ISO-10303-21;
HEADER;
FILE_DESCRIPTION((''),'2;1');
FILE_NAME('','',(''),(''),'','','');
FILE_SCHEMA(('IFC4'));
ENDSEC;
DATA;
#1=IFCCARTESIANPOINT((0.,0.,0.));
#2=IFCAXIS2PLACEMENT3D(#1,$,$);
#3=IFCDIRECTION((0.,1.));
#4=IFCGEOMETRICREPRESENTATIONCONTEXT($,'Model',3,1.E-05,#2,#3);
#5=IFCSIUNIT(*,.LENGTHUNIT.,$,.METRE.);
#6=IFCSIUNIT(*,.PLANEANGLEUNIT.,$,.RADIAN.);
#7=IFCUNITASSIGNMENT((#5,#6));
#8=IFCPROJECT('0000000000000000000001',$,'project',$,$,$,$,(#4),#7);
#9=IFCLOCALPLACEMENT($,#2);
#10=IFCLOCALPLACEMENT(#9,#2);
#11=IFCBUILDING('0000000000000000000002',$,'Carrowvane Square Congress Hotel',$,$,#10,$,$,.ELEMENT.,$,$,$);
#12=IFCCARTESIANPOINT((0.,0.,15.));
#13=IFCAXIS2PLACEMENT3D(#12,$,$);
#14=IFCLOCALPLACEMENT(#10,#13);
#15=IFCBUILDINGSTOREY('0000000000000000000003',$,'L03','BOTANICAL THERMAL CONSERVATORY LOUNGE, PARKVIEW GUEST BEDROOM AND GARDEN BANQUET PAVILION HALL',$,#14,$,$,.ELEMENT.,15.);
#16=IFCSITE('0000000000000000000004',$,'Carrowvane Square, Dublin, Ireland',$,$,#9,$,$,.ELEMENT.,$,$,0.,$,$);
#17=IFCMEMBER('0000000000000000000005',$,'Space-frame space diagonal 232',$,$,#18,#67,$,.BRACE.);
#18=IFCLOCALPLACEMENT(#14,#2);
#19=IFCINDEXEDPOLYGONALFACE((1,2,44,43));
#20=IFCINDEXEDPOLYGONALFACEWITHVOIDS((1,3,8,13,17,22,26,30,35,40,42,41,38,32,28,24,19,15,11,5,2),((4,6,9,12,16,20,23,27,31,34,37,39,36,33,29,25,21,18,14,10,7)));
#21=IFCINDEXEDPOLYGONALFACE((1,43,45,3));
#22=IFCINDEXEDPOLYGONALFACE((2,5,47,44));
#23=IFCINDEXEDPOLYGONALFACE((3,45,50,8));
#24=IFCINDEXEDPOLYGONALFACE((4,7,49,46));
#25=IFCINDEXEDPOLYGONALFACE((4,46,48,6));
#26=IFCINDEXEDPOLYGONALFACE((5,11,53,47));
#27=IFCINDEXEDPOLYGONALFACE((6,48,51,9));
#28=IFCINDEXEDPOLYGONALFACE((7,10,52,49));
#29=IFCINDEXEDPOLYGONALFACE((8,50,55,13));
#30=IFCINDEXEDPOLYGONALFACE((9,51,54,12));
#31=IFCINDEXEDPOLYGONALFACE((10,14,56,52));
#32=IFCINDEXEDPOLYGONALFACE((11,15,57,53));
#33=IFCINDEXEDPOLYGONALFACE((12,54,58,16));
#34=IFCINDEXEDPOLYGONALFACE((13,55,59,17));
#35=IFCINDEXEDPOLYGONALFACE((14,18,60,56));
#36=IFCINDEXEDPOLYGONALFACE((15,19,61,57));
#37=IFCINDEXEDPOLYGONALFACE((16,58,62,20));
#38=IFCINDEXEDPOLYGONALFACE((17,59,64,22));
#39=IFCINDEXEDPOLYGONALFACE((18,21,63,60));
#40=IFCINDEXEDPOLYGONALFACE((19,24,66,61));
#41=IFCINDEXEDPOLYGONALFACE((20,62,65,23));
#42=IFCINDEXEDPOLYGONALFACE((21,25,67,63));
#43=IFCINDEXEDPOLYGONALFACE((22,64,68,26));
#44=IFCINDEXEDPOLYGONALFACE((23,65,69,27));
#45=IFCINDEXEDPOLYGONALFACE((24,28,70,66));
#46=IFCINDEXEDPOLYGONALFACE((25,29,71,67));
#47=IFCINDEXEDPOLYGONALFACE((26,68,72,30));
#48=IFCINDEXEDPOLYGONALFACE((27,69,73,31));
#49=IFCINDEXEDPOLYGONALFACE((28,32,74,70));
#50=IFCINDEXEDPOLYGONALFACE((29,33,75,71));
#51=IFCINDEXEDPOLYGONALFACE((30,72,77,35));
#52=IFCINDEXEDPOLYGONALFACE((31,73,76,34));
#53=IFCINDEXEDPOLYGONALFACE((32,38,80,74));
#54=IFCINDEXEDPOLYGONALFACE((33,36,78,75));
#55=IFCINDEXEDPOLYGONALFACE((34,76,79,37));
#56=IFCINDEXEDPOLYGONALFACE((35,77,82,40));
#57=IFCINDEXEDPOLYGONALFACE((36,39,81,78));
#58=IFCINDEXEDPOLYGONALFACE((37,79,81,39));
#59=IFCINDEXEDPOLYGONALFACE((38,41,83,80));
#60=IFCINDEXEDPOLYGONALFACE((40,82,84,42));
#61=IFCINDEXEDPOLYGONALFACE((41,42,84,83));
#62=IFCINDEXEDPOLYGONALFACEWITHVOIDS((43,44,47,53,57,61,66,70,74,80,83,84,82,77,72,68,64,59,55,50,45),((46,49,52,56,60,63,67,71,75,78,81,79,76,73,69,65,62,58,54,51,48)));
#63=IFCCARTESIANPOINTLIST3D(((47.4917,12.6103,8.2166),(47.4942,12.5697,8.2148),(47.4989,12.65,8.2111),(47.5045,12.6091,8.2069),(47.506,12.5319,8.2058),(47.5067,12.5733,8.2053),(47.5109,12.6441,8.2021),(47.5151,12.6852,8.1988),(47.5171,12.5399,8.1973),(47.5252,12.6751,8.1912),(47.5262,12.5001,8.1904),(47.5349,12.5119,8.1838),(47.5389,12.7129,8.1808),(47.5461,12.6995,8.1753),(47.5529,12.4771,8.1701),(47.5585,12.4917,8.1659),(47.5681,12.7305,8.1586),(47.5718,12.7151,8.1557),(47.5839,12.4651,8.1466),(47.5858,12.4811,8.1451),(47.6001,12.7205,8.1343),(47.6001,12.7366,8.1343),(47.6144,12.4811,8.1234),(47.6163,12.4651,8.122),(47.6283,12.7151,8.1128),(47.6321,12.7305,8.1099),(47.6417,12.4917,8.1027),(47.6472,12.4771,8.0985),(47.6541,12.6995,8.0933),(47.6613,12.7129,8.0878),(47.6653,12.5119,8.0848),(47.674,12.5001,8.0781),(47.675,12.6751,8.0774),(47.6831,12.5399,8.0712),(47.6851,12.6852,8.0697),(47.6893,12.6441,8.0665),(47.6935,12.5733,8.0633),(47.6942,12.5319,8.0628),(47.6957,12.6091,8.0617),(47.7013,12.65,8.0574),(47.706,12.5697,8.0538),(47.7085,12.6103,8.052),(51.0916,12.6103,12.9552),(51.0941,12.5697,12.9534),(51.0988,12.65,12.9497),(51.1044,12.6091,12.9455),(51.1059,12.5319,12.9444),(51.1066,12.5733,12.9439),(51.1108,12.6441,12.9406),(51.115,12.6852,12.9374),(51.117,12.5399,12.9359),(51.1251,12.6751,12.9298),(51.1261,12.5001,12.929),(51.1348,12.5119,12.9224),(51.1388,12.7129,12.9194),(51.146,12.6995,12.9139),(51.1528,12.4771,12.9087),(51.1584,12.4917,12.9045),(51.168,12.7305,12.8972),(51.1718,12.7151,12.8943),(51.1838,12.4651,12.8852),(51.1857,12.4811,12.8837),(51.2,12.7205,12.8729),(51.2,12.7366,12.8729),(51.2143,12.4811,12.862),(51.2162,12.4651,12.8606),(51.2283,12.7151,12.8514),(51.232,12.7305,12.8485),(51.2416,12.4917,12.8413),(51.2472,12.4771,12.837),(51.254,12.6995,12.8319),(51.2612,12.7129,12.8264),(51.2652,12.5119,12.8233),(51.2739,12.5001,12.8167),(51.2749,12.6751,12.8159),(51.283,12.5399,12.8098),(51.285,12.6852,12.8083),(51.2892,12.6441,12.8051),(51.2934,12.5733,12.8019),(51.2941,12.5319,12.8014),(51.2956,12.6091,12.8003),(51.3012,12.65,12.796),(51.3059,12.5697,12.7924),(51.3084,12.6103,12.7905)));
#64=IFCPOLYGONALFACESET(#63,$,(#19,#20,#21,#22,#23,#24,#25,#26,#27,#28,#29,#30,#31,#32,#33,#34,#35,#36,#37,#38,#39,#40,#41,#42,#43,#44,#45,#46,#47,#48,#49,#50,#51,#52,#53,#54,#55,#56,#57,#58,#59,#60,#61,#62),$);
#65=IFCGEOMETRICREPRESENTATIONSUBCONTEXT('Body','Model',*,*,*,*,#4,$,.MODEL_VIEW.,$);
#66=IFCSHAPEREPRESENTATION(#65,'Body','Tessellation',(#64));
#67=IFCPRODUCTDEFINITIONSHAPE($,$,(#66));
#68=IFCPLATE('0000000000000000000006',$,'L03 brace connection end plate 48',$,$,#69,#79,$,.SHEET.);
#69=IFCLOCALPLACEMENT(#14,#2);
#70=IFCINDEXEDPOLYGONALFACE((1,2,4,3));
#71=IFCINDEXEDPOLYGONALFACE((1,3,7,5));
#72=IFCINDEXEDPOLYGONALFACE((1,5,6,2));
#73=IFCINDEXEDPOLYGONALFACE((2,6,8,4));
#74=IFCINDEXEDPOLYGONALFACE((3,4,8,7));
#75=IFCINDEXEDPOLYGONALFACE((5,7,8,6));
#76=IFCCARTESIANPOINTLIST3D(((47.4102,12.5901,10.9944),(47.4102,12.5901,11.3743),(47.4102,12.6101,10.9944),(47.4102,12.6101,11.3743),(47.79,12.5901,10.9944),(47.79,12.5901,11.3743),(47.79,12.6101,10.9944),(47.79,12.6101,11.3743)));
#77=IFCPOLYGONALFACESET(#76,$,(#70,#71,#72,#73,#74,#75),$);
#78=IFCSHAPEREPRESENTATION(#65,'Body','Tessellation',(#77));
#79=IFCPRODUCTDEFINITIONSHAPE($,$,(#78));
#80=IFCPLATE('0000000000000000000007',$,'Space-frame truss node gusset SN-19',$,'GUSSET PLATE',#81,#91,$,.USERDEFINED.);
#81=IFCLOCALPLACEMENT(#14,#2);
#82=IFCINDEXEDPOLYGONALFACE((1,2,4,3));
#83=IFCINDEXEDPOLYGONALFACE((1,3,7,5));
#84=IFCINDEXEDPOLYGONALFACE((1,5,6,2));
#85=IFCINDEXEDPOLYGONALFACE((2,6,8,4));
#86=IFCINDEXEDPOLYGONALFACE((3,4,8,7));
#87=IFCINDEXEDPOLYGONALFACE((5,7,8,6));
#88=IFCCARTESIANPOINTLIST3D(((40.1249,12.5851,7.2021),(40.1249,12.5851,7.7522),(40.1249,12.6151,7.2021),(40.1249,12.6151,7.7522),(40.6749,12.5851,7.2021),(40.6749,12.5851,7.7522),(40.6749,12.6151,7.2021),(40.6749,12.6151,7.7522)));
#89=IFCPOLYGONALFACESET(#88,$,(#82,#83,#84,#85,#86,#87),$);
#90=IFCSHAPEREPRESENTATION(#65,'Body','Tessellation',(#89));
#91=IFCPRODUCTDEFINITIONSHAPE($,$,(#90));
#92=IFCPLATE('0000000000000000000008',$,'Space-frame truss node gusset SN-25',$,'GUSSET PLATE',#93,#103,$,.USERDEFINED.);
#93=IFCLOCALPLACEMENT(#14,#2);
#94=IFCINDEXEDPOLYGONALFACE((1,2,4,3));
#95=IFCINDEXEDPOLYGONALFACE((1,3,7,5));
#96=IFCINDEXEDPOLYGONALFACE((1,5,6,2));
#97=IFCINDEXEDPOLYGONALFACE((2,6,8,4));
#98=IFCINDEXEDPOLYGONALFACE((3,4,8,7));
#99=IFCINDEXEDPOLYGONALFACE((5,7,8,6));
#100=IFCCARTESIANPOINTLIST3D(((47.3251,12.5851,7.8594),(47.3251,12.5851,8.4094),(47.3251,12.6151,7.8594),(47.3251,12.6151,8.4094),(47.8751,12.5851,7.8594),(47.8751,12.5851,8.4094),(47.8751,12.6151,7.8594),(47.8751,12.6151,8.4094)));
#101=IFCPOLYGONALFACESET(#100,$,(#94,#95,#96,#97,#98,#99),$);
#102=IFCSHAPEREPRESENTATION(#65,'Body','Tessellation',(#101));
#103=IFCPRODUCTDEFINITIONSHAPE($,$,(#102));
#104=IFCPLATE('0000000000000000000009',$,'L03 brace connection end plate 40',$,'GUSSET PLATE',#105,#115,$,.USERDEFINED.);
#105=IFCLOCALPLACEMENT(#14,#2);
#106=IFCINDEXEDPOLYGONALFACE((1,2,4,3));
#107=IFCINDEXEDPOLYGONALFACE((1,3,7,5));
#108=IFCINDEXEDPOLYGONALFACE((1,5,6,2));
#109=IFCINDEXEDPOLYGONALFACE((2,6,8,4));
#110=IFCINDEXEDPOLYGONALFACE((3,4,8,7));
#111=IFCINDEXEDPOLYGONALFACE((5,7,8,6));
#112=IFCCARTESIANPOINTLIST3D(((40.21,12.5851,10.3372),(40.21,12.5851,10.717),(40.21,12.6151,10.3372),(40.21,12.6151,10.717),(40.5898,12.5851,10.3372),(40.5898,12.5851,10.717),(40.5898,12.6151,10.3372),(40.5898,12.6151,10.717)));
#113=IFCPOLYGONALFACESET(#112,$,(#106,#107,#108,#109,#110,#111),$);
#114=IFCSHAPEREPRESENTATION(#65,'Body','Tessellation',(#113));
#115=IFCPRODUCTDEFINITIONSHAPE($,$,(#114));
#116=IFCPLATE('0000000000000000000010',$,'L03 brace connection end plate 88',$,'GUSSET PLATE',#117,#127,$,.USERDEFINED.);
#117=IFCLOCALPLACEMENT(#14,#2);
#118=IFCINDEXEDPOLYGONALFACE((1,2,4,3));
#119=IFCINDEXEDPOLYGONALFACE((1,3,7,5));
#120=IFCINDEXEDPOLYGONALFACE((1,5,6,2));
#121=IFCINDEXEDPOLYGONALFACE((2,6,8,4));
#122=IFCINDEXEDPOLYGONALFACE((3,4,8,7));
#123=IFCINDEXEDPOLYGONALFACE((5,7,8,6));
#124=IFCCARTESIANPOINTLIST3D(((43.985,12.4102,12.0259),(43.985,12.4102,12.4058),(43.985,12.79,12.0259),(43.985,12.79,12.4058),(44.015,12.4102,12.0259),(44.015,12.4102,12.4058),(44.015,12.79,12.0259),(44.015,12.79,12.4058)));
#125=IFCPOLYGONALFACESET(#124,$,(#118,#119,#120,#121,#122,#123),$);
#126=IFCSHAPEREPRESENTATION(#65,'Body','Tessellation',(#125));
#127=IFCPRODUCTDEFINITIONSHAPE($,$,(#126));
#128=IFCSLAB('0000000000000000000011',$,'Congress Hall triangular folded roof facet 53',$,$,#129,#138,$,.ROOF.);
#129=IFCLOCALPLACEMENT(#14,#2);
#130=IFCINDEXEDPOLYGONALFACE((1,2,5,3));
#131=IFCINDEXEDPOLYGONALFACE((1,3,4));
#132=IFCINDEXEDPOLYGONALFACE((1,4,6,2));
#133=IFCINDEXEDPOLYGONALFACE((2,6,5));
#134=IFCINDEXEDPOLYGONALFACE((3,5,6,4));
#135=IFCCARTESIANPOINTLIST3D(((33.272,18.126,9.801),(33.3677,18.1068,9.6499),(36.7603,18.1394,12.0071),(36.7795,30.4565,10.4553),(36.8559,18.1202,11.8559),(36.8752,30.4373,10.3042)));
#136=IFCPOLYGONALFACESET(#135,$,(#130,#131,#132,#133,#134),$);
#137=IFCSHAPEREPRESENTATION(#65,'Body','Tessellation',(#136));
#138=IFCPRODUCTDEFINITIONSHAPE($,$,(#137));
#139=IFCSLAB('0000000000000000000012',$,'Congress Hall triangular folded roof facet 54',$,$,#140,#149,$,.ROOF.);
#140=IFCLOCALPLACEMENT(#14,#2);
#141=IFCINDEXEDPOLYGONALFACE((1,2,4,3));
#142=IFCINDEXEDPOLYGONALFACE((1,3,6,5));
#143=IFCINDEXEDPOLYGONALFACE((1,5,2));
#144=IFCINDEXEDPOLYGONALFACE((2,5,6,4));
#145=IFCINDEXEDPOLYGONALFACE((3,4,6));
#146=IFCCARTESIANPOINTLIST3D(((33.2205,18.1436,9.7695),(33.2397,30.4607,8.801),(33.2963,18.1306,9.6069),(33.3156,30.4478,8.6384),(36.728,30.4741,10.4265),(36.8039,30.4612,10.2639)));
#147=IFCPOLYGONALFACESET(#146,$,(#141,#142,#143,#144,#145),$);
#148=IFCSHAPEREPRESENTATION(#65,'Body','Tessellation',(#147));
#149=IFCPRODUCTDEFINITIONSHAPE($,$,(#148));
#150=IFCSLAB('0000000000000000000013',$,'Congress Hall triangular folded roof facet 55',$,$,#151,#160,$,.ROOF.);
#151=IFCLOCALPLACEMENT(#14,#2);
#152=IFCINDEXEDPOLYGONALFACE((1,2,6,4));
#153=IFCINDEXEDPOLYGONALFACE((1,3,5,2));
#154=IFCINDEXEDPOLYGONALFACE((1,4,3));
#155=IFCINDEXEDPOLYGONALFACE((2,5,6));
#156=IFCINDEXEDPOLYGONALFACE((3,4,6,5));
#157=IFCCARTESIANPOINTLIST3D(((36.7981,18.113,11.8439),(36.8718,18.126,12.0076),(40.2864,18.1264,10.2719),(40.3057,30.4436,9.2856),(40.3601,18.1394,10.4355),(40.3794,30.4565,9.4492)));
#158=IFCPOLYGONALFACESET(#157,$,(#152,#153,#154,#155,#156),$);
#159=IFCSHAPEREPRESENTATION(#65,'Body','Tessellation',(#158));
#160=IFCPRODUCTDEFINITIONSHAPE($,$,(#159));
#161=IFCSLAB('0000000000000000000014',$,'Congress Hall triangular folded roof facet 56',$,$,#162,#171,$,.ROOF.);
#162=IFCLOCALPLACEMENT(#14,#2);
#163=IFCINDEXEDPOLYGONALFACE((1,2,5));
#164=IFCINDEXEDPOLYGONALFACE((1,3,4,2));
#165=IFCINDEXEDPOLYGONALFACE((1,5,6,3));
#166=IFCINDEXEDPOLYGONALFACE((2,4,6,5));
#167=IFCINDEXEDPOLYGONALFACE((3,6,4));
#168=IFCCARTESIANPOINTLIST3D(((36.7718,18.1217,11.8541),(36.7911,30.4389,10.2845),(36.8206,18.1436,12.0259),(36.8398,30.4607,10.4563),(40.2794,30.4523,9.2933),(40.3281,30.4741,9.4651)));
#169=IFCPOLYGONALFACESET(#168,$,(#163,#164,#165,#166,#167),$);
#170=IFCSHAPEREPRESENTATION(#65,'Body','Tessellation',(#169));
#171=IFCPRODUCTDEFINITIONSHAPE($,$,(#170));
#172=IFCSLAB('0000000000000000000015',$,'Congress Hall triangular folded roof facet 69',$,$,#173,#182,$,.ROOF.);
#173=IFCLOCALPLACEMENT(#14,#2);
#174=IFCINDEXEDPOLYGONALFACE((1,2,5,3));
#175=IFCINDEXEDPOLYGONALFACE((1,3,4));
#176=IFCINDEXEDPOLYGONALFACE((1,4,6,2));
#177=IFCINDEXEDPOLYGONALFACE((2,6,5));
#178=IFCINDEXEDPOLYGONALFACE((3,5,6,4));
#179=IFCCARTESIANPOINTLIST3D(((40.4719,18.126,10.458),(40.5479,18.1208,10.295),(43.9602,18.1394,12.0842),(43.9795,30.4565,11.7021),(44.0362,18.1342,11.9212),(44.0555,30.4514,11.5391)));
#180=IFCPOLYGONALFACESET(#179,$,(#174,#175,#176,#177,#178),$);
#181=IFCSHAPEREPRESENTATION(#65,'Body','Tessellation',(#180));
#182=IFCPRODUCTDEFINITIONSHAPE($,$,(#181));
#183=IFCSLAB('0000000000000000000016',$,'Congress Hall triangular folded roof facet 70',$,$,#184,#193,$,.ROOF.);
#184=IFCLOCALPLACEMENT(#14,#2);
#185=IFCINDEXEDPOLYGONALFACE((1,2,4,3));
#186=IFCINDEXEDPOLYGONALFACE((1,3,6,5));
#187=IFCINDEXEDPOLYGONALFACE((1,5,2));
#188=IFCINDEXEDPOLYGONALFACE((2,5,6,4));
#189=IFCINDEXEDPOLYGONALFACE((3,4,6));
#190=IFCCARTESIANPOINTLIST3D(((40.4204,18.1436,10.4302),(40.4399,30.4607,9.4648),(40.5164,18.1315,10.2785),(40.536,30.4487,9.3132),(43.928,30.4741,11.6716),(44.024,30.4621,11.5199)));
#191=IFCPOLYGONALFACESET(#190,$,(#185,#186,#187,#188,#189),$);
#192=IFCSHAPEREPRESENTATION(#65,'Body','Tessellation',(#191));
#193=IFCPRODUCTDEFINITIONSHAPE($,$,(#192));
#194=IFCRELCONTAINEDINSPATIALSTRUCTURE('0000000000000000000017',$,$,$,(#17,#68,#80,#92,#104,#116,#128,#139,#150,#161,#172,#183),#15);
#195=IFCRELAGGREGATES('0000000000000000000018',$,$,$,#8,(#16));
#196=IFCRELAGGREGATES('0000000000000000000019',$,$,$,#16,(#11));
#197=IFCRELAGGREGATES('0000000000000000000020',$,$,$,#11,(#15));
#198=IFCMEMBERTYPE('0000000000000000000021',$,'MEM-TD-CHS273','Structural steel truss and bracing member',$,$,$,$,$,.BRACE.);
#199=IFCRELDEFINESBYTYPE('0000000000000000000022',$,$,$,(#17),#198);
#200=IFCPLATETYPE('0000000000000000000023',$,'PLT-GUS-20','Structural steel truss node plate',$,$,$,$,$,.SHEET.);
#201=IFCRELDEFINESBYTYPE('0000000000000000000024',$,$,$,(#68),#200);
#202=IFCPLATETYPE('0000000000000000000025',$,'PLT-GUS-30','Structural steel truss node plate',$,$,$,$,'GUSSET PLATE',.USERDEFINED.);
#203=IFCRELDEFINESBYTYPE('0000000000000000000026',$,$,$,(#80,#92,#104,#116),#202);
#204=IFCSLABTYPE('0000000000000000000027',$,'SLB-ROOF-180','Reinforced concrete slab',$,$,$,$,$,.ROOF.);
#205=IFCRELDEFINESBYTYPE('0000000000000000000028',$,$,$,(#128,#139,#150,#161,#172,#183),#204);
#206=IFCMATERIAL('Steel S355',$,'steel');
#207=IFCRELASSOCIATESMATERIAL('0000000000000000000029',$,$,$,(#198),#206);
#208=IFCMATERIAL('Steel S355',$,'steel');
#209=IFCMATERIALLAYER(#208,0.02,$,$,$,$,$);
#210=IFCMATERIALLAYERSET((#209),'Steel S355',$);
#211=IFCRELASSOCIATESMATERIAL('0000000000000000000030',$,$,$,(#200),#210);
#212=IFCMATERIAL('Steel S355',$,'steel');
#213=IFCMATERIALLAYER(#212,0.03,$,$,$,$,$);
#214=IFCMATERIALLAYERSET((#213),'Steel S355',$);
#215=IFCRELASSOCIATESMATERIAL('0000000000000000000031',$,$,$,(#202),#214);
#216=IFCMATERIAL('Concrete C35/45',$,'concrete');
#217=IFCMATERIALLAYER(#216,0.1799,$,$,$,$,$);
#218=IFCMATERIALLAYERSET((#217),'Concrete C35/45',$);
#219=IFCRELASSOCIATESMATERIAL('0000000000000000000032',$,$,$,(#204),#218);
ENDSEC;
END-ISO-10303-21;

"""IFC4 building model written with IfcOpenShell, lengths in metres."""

from ifc_helpers import new_model, si_unit, direction, frame, origin, origin_2d, place, context, subcontext, project, spatial, polyline, rectangle, hollow_circle, outline, extrude, material, layer, layer_set, material_profile, profile_set, type_object, element, save


model = new_model("IFC4")

# Units and contexts
model_context = context("Model", 3, precision=1e-05, world=origin(), true_north=direction((0.0, 1.0)))
body_context = subcontext(model_context, "Body", "Model", "MODEL_VIEW")
ifc_project = project(units=[si_unit("LENGTHUNIT", "METRE"), si_unit("PLANEANGLEUNIT", "RADIAN")], contexts=[model_context])

# Site, building, storey
site_placement = place(None, origin())
site = spatial("IfcSite", under=ifc_project, at=site_placement, Name="Carrowvane Square, Dublin, Ireland", CompositionType="ELEMENT", RefElevation=0.0)
building_placement = place(site_placement, origin())
building = spatial("IfcBuilding", under=site, at=building_placement, Name="Carrowvane Square Congress Hotel", CompositionType="ELEMENT")
storey_placement = place(building_placement, frame((0.0, 0.0, 15.0)))
storey = spatial("IfcBuildingStorey", under=building, at=storey_placement, Name="L03", Description="BOTANICAL THERMAL CONSERVATORY LOUNGE, PARKVIEW GUEST BEDROOM AND GARDEN BANQUET PAVILION HALL", CompositionType="ELEMENT", Elevation=15.0)

# Member
ifc_material_1 = material(Name="Steel S355", Category="steel")
ifc_material_profile_1 = material_profile(ifc_material_1, hollow_circle(Radius=0.1365, WallThickness=0.0161, at=origin_2d()), Name="CHS 273.0x16")
ifc_profile_set_1 = profile_set([ifc_material_profile_1], Name="Steel S355")
member_type_1 = type_object("IfcMemberType", Name="MEM-TD-CHS273", Description="Structural steel truss and bracing member", PredefinedType="BRACE", material=ifc_profile_set_1)
member_1_placement = place(storey_placement, frame((47.6001, 12.6001, 8.1343), z_axis=(0.604931, 0.0, 0.796278), x_axis=(0.0, 1.0, 0.0)))
element("IfcMember", 1, at=member_1_placement, inside=storey, type_object=member_type_1, Name="Space-frame space diagonal 232", PredefinedType="BRACE", context=body_context, shape_type="SweptSolid", body=[
    extrude(hollow_circle(Radius=0.1365, WallThickness=0.0161, at=origin_2d()), origin(), (0.0, 0.0, 1.0), 5.9509),
])

# Plates
ifc_material_2 = material(Name="Steel S355", Category="steel")
ifc_layer_1 = layer(ifc_material_2, 0.02)
ifc_layer_set_1 = layer_set([ifc_layer_1], Name="Steel S355")
plate_type_1 = type_object("IfcPlateType", Name="PLT-GUS-20", Description="Structural steel truss node plate", PredefinedType="SHEET", material=ifc_layer_set_1)
plate_1_placement = place(storey_placement, frame((47.6001, 12.6001, 10.9944), z_axis=(0.0, 0.0, 1.0), x_axis=(1.0, 0.0, 0.0)))
element("IfcPlate", 2, at=plate_1_placement, inside=storey, type_object=plate_type_1, Name="L03 brace connection end plate 48", PredefinedType="SHEET", context=body_context, shape_type="SweptSolid", body=[
    extrude(rectangle(XDim=0.3799, YDim=0.02, at=origin_2d()), origin(), (0.0, 0.0, 1.0), 0.3799),
])
ifc_material_3 = material(Name="Steel S355", Category="steel")
ifc_layer_2 = layer(ifc_material_3, 0.03)
ifc_layer_set_2 = layer_set([ifc_layer_2], Name="Steel S355")
plate_type_2 = type_object("IfcPlateType", Name="PLT-GUS-30", Description="Structural steel truss node plate", ElementType="GUSSET PLATE", PredefinedType="USERDEFINED", material=ifc_layer_set_2)
for number, where, z_axis, x_axis, name in (
    (3, (40.3999, 12.6001, 7.2021), (0.0, 0.0, 1.0), (1.0, 0.0, 0.0), "Space-frame truss node gusset SN-19"),
    (4, (47.6001, 12.6001, 7.8594), (0.0, 0.0, 1.0), (1.0, 0.0, 0.0), "Space-frame truss node gusset SN-25"),
):
    element("IfcPlate", number, at=place(storey_placement, frame(where, z_axis=z_axis, x_axis=x_axis)), inside=storey, type_object=plate_type_2, Name=name, ObjectType="GUSSET PLATE", PredefinedType="USERDEFINED", context=body_context, shape_type="SweptSolid", body=[
        extrude(rectangle(XDim=0.55, YDim=0.03, at=origin_2d()), origin(), (0.0, 0.0, 1.0), 0.55),
    ])
plate_2_placement = place(storey_placement, frame((40.3999, 12.6001, 10.3372), z_axis=(0.0, 0.0, 1.0), x_axis=(1.0, 0.0, 0.0)))
element("IfcPlate", 5, at=plate_2_placement, inside=storey, type_object=plate_type_2, Name="L03 brace connection end plate 40", ObjectType="GUSSET PLATE", PredefinedType="USERDEFINED", context=body_context, shape_type="SweptSolid", body=[
    extrude(rectangle(XDim=0.3799, YDim=0.03, at=origin_2d()), origin(), (0.0, 0.0, 1.0), 0.3799),
])
plate_3_placement = place(storey_placement, frame((44.0, 12.6001, 12.0259), z_axis=(0.0, 0.0, 1.0), x_axis=(1.0, 0.0, 0.0)))
element("IfcPlate", 6, at=plate_3_placement, inside=storey, type_object=plate_type_2, Name="L03 brace connection end plate 88", ObjectType="GUSSET PLATE", PredefinedType="USERDEFINED", context=body_context, shape_type="SweptSolid", body=[
    extrude(rectangle(XDim=0.03, YDim=0.3799, at=origin_2d()), origin(), (0.0, 0.0, 1.0), 0.3799),
])

# Slabs
ifc_material_4 = material(Name="Concrete C35/45", Category="concrete")
ifc_layer_3 = layer(ifc_material_4, 0.1799)
ifc_layer_set_3 = layer_set([ifc_layer_3], Name="Concrete C35/45")
slab_type = type_object("IfcSlabType", Name="SLB-ROOF-180", Description="Reinforced concrete slab", PredefinedType="ROOF", material=ifc_layer_set_3)
slab_1_placement = place(storey_placement, frame((33.272, 18.126, 9.801), z_axis=(-0.531743, 0.106679, 0.84016), x_axis=(0.845164, 0.003253, 0.534497)))
element("IfcSlab", 7, at=slab_1_placement, inside=storey, type_object=slab_type, Name="Congress Hall triangular folded roof facet 53", PredefinedType="ROOF", context=body_context, shape_type="SweptSolid", body=[
    extrude(outline(polyline([(0.0, 0.0), (4.1273, 0.0), (3.3543, 12.3904), (0.0, 0.0)])), origin(), (0.0, 0.0, -1.0), 0.1799),
])
slab_2_placement = place(storey_placement, frame((33.2205, 18.1436, 9.7695), z_axis=(-0.421517, 0.071741, 0.903978), x_axis=(0.273248, 0.960581, 0.051181)))
element("IfcSlab", 8, at=slab_2_placement, inside=storey, type_object=slab_type, Name="Congress Hall triangular folded roof facet 54", PredefinedType="ROOF", context=body_context, shape_type="SweptSolid", body=[
    extrude(outline(polyline([(0.0, 0.0), (12.8366, 0.0), (11.7873, 3.7026), (0.0, 0.0)])), origin(), (0.0, 0.0, -1.0), 0.1799),
])
slab_3_placement = place(storey_placement, frame((36.8718, 18.126, 12.0076), z_axis=(0.409561, 0.072183, 0.909423), x_axis=(0.911691, 0.003509, -0.410861)))
element("IfcSlab", 9, at=slab_3_placement, inside=storey, type_object=slab_type, Name="Congress Hall triangular folded roof facet 55", PredefinedType="ROOF", context=body_context, shape_type="SweptSolid", body=[
    extrude(outline(polyline([(0.0, 0.0), (3.8262, 0.0), (4.2922, 12.3478), (0.0, 0.0)])), origin(), (0.0, 0.0, -1.0), 0.1799),
])
slab_4_placement = place(storey_placement, frame((36.8206, 18.1436, 12.0259), z_axis=(0.270885, 0.121265, 0.954943), x_axis=(0.268306, 0.943208, -0.195884)))
element("IfcSlab", 10, at=slab_4_placement, inside=storey, type_object=slab_type, Name="Congress Hall triangular folded roof facet 56", PredefinedType="ROOF", context=body_context, shape_type="SweptSolid", body=[
    extrude(outline(polyline([(0.0, 0.0), (13.073, 0.0), (11.9303, 3.4416), (0.0, 0.0)])), origin(), (0.0, 0.0, -1.0), 0.1799),
])
slab_5_placement = place(storey_placement, frame((40.4719, 18.126, 10.458), z_axis=(-0.422451, 0.028764, 0.905929), x_axis=(0.906341, 0.003489, 0.422532)))
element("IfcSlab", 11, at=slab_5_placement, inside=storey, type_object=slab_type, Name="Congress Hall triangular folded roof facet 69", PredefinedType="ROOF", context=body_context, shape_type="SweptSolid", body=[
    extrude(outline(polyline([(0.0, 0.0), (3.8488, 0.0), (3.7478, 12.3227), (0.0, 0.0)])), origin(), (0.0, 0.0, -1.0), 0.1799),
])
slab_6_placement = place(storey_placement, frame((40.4204, 18.1436, 10.4302), z_axis=(-0.533639, 0.066919, 0.84306), x_axis=(0.272333, 0.957363, 0.096388)))
element("IfcSlab", 12, at=slab_6_placement, inside=storey, type_object=slab_type, Name="Congress Hall triangular folded roof facet 70", PredefinedType="ROOF", context=body_context, shape_type="SweptSolid", body=[
    extrude(outline(polyline([(0.0, 0.0), (12.8797, 0.0), (11.7042, 3.9566), (0.0, 0.0)])), origin(), (0.0, 0.0, -1.0), 0.1799),
])

save(model, "model.ifc")
